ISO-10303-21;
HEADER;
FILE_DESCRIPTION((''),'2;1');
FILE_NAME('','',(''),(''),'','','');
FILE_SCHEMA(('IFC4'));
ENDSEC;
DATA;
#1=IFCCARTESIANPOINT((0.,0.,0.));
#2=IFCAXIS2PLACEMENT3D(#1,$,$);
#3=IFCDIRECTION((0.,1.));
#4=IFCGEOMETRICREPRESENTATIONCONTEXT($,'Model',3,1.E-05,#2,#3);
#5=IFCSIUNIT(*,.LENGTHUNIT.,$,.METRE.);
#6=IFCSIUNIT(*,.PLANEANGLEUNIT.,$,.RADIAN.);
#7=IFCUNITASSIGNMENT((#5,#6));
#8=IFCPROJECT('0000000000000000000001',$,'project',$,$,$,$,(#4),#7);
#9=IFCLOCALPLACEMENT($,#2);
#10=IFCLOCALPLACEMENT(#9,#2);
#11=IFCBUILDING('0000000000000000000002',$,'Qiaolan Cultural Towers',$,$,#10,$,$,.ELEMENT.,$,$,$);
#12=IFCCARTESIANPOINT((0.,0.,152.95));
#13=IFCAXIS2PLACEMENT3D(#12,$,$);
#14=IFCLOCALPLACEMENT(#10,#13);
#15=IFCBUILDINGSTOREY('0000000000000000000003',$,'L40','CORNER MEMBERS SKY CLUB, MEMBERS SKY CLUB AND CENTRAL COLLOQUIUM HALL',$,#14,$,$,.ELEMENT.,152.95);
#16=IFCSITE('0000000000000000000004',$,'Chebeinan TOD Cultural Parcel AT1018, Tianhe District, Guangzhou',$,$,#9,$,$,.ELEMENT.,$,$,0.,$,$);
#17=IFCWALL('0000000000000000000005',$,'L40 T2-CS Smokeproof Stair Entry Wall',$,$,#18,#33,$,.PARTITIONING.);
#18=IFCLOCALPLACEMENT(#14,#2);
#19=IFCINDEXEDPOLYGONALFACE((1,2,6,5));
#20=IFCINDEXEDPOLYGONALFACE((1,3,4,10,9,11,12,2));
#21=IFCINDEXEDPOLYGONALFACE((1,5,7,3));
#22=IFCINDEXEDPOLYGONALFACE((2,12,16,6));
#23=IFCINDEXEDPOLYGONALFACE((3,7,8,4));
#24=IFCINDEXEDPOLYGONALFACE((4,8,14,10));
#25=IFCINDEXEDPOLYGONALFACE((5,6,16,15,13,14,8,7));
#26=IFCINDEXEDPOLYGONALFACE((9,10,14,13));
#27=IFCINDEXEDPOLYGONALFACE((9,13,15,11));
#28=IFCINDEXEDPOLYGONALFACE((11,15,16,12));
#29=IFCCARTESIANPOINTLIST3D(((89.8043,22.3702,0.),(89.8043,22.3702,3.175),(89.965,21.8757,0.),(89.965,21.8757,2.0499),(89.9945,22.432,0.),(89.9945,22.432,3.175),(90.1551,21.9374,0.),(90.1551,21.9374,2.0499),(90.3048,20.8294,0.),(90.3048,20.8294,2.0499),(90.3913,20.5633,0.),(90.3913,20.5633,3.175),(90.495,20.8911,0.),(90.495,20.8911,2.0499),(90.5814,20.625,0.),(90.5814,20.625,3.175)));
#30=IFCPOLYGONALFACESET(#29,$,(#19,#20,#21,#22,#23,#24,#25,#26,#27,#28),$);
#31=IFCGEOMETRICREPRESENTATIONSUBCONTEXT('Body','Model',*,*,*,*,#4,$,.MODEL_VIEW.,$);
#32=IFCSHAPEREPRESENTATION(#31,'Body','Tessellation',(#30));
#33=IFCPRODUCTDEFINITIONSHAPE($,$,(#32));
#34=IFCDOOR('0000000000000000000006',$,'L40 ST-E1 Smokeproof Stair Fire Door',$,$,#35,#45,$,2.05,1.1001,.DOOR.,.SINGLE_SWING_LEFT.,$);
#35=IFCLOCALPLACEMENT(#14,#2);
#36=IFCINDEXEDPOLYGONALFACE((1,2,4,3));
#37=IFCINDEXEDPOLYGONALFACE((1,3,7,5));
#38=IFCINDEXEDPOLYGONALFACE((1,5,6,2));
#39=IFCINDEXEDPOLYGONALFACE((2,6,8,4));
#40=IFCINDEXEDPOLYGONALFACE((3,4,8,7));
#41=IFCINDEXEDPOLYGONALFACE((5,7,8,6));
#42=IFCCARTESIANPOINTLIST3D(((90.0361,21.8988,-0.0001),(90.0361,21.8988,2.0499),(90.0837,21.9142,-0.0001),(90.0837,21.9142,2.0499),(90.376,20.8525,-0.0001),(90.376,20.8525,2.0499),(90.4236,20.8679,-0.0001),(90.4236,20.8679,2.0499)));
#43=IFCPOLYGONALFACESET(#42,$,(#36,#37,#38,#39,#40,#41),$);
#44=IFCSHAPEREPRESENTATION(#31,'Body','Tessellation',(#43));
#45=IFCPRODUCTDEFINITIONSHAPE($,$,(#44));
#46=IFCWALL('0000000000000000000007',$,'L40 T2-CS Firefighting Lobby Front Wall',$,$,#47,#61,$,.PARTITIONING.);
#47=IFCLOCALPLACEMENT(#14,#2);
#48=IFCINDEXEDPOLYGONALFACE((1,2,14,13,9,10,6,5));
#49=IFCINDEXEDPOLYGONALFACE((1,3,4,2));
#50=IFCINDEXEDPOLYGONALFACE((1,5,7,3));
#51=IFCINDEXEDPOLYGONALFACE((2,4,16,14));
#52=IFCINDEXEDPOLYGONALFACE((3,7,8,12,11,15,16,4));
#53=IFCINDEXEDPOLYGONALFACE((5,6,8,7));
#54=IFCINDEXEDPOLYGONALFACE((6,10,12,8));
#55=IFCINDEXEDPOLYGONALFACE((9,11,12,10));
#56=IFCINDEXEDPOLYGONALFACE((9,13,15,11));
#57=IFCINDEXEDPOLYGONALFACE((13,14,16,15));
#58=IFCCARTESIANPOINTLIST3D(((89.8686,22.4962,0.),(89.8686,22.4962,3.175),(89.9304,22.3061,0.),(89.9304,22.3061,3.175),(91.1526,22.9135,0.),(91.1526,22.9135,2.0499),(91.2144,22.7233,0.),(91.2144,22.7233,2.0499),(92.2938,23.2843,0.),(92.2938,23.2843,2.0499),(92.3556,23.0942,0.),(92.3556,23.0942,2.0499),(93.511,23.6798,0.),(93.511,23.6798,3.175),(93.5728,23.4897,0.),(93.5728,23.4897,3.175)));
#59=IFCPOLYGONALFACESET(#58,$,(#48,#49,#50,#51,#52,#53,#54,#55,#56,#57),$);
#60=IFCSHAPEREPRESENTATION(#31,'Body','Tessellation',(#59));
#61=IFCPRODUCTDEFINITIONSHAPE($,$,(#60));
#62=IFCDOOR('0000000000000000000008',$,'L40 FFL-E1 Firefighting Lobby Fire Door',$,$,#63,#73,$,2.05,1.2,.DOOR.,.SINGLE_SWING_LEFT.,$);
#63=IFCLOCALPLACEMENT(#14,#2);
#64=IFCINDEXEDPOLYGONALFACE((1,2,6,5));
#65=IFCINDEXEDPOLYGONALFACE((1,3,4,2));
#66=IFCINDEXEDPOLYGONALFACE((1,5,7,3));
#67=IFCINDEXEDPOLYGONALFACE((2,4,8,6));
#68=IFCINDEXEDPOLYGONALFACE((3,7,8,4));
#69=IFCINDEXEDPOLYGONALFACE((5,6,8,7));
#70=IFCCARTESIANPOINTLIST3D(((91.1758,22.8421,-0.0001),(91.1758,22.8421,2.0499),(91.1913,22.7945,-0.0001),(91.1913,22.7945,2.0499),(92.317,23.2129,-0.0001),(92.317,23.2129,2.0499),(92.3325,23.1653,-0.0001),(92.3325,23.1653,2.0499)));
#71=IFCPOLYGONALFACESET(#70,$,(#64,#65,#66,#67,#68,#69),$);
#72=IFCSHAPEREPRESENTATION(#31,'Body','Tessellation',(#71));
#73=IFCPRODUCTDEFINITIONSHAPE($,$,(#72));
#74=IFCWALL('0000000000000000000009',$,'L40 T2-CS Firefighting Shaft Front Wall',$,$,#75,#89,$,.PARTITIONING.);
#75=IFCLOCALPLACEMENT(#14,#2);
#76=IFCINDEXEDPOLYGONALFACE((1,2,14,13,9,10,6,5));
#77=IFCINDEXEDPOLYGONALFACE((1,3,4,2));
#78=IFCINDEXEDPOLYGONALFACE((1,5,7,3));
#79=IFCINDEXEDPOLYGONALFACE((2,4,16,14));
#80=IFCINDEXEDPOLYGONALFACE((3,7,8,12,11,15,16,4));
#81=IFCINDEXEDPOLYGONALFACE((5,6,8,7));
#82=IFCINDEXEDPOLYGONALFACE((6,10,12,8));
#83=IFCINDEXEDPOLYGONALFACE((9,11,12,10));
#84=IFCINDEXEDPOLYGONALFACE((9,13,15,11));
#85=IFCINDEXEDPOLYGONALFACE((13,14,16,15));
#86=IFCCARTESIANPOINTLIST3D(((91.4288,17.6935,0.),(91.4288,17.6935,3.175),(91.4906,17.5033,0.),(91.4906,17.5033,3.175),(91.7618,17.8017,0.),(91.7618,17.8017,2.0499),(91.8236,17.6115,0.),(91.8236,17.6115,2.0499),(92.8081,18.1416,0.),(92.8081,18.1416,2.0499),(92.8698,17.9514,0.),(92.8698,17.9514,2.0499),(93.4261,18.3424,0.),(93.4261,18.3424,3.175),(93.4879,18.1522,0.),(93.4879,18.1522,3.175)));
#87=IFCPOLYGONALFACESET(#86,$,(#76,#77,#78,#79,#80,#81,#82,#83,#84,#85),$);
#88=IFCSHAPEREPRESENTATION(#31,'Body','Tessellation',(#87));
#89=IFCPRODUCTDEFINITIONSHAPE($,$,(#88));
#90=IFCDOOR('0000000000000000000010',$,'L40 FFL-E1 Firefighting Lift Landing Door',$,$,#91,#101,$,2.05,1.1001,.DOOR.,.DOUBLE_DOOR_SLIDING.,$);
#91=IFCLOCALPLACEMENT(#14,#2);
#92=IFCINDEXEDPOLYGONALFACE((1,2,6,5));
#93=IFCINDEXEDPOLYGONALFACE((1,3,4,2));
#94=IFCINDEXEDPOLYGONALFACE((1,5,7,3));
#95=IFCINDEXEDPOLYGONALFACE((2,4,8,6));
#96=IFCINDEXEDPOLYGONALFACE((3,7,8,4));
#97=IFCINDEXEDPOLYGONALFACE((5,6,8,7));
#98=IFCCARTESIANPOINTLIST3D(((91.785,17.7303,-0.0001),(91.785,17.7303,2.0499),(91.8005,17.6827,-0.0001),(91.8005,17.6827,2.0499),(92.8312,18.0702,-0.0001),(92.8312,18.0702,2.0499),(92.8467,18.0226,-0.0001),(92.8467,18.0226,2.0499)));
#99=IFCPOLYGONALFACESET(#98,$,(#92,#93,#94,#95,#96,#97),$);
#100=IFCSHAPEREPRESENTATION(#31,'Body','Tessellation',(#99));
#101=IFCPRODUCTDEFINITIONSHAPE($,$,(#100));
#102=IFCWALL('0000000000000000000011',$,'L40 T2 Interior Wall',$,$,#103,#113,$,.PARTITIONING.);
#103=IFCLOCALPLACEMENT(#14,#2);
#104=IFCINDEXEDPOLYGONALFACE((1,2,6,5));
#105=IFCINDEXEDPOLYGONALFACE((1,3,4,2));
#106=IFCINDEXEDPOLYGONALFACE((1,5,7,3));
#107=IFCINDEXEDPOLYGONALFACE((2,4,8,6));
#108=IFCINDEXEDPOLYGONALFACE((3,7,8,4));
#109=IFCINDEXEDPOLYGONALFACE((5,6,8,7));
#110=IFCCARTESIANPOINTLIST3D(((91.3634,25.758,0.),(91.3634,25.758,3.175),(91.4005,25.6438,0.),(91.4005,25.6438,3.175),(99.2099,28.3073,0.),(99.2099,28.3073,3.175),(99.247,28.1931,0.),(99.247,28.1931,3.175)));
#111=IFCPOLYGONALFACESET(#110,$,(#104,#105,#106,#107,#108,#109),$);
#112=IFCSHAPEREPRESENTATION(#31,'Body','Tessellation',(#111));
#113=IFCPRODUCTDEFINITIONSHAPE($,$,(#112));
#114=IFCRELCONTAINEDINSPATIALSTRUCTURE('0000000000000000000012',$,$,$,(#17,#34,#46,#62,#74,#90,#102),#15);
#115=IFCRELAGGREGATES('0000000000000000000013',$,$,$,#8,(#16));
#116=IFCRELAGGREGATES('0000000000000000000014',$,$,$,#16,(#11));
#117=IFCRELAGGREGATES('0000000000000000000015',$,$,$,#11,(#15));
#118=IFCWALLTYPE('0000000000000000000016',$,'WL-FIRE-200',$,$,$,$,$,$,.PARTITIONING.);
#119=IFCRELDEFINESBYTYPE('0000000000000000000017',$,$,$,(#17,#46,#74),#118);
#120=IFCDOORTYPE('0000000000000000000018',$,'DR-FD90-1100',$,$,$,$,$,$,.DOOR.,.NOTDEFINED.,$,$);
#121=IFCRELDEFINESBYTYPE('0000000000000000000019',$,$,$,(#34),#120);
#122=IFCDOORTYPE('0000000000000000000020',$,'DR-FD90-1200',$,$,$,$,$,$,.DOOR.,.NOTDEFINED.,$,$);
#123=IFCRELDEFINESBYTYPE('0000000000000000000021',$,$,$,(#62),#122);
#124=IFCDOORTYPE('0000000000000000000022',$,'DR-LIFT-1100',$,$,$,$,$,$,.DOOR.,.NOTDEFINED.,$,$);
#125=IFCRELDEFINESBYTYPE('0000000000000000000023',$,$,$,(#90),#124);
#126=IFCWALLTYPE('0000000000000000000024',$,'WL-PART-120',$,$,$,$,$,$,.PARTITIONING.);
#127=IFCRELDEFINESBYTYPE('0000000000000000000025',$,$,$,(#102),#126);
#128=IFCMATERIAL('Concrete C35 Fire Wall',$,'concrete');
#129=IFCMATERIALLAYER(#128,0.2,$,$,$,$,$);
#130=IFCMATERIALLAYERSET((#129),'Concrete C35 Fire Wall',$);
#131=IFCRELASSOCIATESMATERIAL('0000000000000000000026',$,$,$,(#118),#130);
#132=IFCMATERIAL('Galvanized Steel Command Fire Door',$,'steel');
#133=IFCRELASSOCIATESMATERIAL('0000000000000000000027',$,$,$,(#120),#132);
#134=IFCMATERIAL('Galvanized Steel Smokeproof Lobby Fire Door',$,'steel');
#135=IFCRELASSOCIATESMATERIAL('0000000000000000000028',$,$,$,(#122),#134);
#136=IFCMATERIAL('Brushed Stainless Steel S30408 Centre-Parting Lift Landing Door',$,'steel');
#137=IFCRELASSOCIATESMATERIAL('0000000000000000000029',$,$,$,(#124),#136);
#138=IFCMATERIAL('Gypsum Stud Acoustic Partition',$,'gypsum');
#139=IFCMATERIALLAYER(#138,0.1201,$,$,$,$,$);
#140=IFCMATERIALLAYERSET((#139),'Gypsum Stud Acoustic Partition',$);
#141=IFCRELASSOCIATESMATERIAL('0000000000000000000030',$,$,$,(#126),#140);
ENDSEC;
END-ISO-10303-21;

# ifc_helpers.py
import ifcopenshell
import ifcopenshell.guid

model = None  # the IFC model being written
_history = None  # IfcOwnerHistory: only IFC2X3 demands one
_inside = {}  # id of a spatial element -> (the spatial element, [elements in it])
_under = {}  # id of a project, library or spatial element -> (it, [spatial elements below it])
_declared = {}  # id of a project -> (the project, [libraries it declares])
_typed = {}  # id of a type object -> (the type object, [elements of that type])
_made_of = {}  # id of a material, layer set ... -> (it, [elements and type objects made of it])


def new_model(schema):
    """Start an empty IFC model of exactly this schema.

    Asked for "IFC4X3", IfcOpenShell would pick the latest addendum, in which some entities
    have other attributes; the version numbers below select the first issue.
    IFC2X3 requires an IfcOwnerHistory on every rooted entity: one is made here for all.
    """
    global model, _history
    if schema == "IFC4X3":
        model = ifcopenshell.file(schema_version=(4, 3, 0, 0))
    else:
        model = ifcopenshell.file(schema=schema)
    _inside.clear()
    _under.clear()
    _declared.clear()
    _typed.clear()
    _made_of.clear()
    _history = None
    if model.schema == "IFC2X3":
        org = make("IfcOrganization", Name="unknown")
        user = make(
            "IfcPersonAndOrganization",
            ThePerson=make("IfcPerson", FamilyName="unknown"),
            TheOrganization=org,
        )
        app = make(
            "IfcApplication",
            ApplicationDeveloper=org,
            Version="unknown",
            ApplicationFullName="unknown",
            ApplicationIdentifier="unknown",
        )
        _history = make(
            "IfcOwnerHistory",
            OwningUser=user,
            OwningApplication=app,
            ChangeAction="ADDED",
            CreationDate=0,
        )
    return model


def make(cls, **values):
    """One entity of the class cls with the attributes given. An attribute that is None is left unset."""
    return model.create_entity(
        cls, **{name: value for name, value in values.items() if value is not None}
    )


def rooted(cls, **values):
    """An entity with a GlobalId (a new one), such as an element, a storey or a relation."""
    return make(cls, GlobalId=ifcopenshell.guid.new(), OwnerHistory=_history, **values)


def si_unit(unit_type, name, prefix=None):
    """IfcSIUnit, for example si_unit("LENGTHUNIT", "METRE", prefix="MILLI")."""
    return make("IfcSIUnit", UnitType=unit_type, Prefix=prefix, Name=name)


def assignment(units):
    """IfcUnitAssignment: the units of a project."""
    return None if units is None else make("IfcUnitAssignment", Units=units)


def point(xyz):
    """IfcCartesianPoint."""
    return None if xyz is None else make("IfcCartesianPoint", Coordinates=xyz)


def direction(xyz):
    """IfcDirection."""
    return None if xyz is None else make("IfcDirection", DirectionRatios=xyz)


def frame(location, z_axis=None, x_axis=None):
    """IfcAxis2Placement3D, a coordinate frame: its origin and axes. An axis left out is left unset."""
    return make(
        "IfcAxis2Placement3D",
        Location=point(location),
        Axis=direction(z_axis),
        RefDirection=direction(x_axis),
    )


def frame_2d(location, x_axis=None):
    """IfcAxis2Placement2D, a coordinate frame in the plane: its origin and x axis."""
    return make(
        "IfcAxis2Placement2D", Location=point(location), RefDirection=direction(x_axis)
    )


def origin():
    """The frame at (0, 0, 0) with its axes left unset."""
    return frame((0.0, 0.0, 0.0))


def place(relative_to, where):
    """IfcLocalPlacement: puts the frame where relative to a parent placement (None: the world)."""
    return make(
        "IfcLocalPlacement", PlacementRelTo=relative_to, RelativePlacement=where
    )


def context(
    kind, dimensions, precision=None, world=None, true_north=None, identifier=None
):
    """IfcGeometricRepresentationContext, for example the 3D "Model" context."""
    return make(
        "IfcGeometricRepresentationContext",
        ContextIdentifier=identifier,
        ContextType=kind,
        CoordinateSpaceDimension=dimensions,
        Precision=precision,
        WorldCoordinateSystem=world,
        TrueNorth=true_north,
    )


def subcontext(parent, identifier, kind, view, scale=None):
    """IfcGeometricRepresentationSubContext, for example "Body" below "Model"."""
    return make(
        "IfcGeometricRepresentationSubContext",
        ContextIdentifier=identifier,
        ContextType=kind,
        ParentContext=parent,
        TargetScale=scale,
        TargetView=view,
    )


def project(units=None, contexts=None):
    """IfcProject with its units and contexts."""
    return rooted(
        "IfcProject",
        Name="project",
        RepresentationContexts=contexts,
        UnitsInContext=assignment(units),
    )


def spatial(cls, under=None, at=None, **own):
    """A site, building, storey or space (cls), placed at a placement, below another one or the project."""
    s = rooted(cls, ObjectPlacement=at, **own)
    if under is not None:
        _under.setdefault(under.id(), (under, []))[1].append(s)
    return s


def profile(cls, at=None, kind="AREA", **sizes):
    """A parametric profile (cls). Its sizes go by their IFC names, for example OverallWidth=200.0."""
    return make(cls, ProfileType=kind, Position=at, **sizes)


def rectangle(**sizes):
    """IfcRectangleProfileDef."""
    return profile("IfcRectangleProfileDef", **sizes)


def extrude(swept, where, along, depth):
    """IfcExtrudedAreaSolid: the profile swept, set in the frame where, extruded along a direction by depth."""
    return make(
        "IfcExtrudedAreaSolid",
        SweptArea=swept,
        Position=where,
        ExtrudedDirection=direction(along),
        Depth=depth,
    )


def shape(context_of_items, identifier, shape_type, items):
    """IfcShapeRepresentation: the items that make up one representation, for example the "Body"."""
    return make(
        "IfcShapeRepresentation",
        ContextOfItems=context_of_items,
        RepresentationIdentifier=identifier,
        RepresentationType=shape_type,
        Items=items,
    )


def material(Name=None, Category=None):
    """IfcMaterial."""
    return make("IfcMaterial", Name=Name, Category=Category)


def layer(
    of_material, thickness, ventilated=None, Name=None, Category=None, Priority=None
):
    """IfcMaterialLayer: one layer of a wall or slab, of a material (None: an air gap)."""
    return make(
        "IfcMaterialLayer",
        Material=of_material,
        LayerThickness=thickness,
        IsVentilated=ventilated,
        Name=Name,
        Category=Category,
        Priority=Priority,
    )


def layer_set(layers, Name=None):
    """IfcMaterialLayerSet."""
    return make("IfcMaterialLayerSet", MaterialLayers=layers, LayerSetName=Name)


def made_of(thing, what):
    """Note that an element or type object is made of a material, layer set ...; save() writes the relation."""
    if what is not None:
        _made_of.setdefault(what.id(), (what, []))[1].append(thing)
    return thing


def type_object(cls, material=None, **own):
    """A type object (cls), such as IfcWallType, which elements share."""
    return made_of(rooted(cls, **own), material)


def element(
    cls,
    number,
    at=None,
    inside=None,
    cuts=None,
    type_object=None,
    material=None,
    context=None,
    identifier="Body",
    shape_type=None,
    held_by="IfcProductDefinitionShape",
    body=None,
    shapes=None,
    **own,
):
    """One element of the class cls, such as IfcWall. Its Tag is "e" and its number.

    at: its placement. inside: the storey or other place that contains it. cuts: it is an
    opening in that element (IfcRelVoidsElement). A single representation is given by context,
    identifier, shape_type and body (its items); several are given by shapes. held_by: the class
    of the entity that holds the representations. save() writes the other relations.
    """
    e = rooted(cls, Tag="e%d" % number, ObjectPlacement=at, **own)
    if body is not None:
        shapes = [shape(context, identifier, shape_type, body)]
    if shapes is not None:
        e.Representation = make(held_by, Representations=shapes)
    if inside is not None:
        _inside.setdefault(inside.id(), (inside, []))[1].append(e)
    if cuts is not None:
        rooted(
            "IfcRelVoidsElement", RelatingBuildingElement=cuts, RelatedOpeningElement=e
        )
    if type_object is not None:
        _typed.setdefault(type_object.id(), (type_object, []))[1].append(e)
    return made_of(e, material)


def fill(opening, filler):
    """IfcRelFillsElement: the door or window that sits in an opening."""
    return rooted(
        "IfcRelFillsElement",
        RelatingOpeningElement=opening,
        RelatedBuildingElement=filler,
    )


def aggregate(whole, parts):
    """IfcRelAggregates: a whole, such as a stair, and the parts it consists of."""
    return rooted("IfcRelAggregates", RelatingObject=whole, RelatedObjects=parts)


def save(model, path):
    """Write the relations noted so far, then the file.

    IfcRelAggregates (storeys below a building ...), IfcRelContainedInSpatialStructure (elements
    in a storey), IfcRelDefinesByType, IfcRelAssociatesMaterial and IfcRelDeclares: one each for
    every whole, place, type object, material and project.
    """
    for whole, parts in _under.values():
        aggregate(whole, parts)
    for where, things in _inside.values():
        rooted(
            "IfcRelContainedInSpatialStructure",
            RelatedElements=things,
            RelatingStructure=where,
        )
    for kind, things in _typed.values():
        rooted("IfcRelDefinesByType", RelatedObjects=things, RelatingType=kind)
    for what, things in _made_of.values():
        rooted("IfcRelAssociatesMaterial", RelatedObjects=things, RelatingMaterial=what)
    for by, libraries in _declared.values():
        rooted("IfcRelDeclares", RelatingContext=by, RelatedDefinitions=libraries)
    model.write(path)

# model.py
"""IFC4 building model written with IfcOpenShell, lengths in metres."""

from ifc_helpers import new_model, si_unit, direction, frame, frame_2d, origin, place, context, subcontext, project, spatial, rectangle, extrude, material, layer, layer_set, type_object, element, fill, save


model = new_model("IFC4")

# Units and contexts
model_context = context("Model", 3, precision=1e-05, world=origin(), true_north=direction((0.0, 1.0)))
body_context = subcontext(model_context, "Body", "Model", "MODEL_VIEW")
ifc_project = project(units=[si_unit("LENGTHUNIT", "METRE"), si_unit("PLANEANGLEUNIT", "RADIAN")], contexts=[model_context])

# Site, building, storey
site_placement = place(None, origin())
site = spatial("IfcSite", under=ifc_project, at=site_placement, Name="Chebeinan TOD Cultural Parcel AT1018, Tianhe District, Guangzhou", CompositionType="ELEMENT", RefElevation=0.0)
building_placement = place(site_placement, origin())
building = spatial("IfcBuilding", under=site, at=building_placement, Name="Qiaolan Cultural Towers", CompositionType="ELEMENT")
storey_placement = place(building_placement, frame((0.0, 0.0, 152.95)))
storey = spatial("IfcBuildingStorey", under=building, at=storey_placement, Name="L40", Description="CORNER MEMBERS SKY CLUB, MEMBERS SKY CLUB AND CENTRAL COLLOQUIUM HALL", CompositionType="ELEMENT", Elevation=152.95)

# Walls, openings, doors
ifc_material_1 = material(Name="Concrete C35 Fire Wall", Category="concrete")
ifc_layer_1 = layer(ifc_material_1, 0.2)
ifc_layer_set_1 = layer_set([ifc_layer_1], Name="Concrete C35 Fire Wall")
wall_type_1 = type_object("IfcWallType", Name="WL-FIRE-200", PredefinedType="PARTITIONING", material=ifc_layer_set_1)
wall_1_placement = place(storey_placement, frame((89.8994, 22.4011, 0.0), z_axis=(0.0, 0.0, 1.0), x_axis=(0.308932, -0.951084, 0.0)))
wall_1 = element("IfcWall", 1, at=wall_1_placement, inside=storey, type_object=wall_type_1, Name="L40 T2-CS Smokeproof Stair Entry Wall", PredefinedType="PARTITIONING", context=body_context, shape_type="SweptSolid", body=[
    extrude(rectangle(XDim=1.8999, YDim=0.2, at=frame_2d((0.95, 0.0))), origin(), (0.0, 0.0, 1.0), 3.175),
])
opening_1_placement = place(wall_1_placement, frame((0.52, 0.0, 0.0)))
opening_1 = element("IfcOpeningElement", 2, at=opening_1_placement, cuts=wall_1, PredefinedType="OPENING", context=body_context, shape_type="SweptSolid", body=[
    extrude(rectangle(XDim=1.1001, YDim=2.05, at=frame_2d((0.55, 1.0249))), frame((0.0, 0.1099, 0.0), z_axis=(0.0, -1.0, 0.0), x_axis=(1.0, 0.0, 0.0)), (0.0, 0.0, 1.0), 0.22),
])
ifc_material_2 = material(Name="Galvanized Steel Command Fire Door", Category="steel")
door_type_1 = type_object("IfcDoorType", Name="DR-FD90-1100", OperationType="NOTDEFINED", PredefinedType="DOOR", material=ifc_material_2)
door_1_placement = place(opening_1_placement, origin())
door_1 = element("IfcDoor", 3, at=door_1_placement, inside=storey, type_object=door_type_1, Name="L40 ST-E1 Smokeproof Stair Fire Door", OperationType="SINGLE_SWING_LEFT", OverallHeight=2.05, OverallWidth=1.1001, PredefinedType="DOOR", context=body_context, shape_type="SweptSolid", body=[
    extrude(rectangle(XDim=1.1001, YDim=2.05, at=frame_2d((0.55, 1.0249))), frame((0.0, 0.0249, 0.0), z_axis=(0.0, -1.0, 0.0), x_axis=(1.0, 0.0, 0.0)), (0.0, 0.0, 1.0), 0.05),
])
fill(opening_1, door_1)
wall_2_placement = place(storey_placement, frame((89.8994, 22.4011, 0.0), z_axis=(0.0, 0.0, 1.0), x_axis=(0.951047, 0.309047, 0.0)))
wall_2 = element("IfcWall", 4, at=wall_2_placement, inside=storey, type_object=wall_type_1, Name="L40 T2-CS Firefighting Lobby Front Wall", PredefinedType="PARTITIONING", context=body_context, shape_type="SweptSolid", body=[
    extrude(rectangle(XDim=3.8298, YDim=0.2, at=frame_2d((1.915, 0.0))), origin(), (0.0, 0.0, 1.0), 3.175),
])
opening_2_placement = place(wall_2_placement, frame((1.3501, 0.0, 0.0)))
opening_2 = element("IfcOpeningElement", 5, at=opening_2_placement, cuts=wall_2, PredefinedType="OPENING", context=body_context, shape_type="SweptSolid", body=[
    extrude(rectangle(XDim=1.2, YDim=2.05, at=frame_2d((0.6001, 1.0249))), frame((0.0, 0.1099, 0.0), z_axis=(0.0, -1.0, 0.0), x_axis=(1.0, 0.0, 0.0)), (0.0, 0.0, 1.0), 0.22),
])
ifc_material_3 = material(Name="Galvanized Steel Smokeproof Lobby Fire Door", Category="steel")
door_type_2 = type_object("IfcDoorType", Name="DR-FD90-1200", OperationType="NOTDEFINED", PredefinedType="DOOR", material=ifc_material_3)
door_2_placement = place(opening_2_placement, origin())
door_2 = element("IfcDoor", 6, at=door_2_placement, inside=storey, type_object=door_type_2, Name="L40 FFL-E1 Firefighting Lobby Fire Door", OperationType="SINGLE_SWING_LEFT", OverallHeight=2.05, OverallWidth=1.2, PredefinedType="DOOR", context=body_context, shape_type="SweptSolid", body=[
    extrude(rectangle(XDim=1.2, YDim=2.05, at=frame_2d((0.6001, 1.0249))), frame((0.0, 0.0249, 0.0), z_axis=(0.0, -1.0, 0.0), x_axis=(1.0, 0.0, 0.0)), (0.0, 0.0, 1.0), 0.05),
])
fill(opening_2, door_2)
wall_3_placement = place(storey_placement, frame((91.4597, 17.5984, 0.0), z_axis=(0.0, 0.0, 1.0), x_axis=(0.951062, 0.308999, 0.0)))
wall_3 = element("IfcWall", 7, at=wall_3_placement, inside=storey, type_object=wall_type_1, Name="L40 T2-CS Firefighting Shaft Front Wall", PredefinedType="PARTITIONING", context=body_context, shape_type="SweptSolid", body=[
    extrude(rectangle(XDim=2.1001, YDim=0.2, at=frame_2d((1.05, 0.0))), origin(), (0.0, 0.0, 1.0), 3.175),
])
opening_3_placement = place(wall_3_placement, frame((0.3501, 0.0, 0.0)))
opening_3 = element("IfcOpeningElement", 8, at=opening_3_placement, cuts=wall_3, PredefinedType="OPENING", context=body_context, shape_type="SweptSolid", body=[
    extrude(rectangle(XDim=1.1001, YDim=2.05, at=frame_2d((0.55, 1.0249))), frame((0.0, 0.1099, 0.0), z_axis=(0.0, -1.0, 0.0), x_axis=(1.0, 0.0, 0.0)), (0.0, 0.0, 1.0), 0.22),
])
ifc_material_4 = material(Name="Brushed Stainless Steel S30408 Centre-Parting Lift Landing Door", Category="steel")
door_type_3 = type_object("IfcDoorType", Name="DR-LIFT-1100", OperationType="NOTDEFINED", PredefinedType="DOOR", material=ifc_material_4)
door_3_placement = place(opening_3_placement, origin())
door_3 = element("IfcDoor", 9, at=door_3_placement, inside=storey, type_object=door_type_3, Name="L40 FFL-E1 Firefighting Lift Landing Door", OperationType="DOUBLE_DOOR_SLIDING", OverallHeight=2.05, OverallWidth=1.1001, PredefinedType="DOOR", context=body_context, shape_type="SweptSolid", body=[
    extrude(rectangle(XDim=1.1001, YDim=2.05, at=frame_2d((0.55, 1.0249))), frame((0.0, 0.0249, 0.0), z_axis=(0.0, -1.0, 0.0), x_axis=(1.0, 0.0, 0.0)), (0.0, 0.0, 1.0), 0.05),
])
fill(opening_3, door_3)

# Wall
ifc_material_5 = material(Name="Gypsum Stud Acoustic Partition", Category="gypsum")
ifc_layer_2 = layer(ifc_material_5, 0.1201)
ifc_layer_set_2 = layer_set([ifc_layer_2], Name="Gypsum Stud Acoustic Partition")
wall_type_2 = type_object("IfcWallType", Name="WL-PART-120", PredefinedType="PARTITIONING", material=ifc_layer_set_2)
wall_4_placement = place(storey_placement, frame((91.3821, 25.7009, 0.0), z_axis=(0.0, 0.0, 1.0), x_axis=(0.951062, 0.309001, 0.0)))
element("IfcWall", 10, at=wall_4_placement, inside=storey, type_object=wall_type_2, Name="L40 T2 Interior Wall", PredefinedType="PARTITIONING", context=body_context, shape_type="SweptSolid", body=[
    extrude(rectangle(XDim=8.2502, YDim=0.1201, at=frame_2d((4.125, 0.0))), origin(), (0.0, 0.0, 1.0), 3.175),
])

save(model, "model.ifc")
